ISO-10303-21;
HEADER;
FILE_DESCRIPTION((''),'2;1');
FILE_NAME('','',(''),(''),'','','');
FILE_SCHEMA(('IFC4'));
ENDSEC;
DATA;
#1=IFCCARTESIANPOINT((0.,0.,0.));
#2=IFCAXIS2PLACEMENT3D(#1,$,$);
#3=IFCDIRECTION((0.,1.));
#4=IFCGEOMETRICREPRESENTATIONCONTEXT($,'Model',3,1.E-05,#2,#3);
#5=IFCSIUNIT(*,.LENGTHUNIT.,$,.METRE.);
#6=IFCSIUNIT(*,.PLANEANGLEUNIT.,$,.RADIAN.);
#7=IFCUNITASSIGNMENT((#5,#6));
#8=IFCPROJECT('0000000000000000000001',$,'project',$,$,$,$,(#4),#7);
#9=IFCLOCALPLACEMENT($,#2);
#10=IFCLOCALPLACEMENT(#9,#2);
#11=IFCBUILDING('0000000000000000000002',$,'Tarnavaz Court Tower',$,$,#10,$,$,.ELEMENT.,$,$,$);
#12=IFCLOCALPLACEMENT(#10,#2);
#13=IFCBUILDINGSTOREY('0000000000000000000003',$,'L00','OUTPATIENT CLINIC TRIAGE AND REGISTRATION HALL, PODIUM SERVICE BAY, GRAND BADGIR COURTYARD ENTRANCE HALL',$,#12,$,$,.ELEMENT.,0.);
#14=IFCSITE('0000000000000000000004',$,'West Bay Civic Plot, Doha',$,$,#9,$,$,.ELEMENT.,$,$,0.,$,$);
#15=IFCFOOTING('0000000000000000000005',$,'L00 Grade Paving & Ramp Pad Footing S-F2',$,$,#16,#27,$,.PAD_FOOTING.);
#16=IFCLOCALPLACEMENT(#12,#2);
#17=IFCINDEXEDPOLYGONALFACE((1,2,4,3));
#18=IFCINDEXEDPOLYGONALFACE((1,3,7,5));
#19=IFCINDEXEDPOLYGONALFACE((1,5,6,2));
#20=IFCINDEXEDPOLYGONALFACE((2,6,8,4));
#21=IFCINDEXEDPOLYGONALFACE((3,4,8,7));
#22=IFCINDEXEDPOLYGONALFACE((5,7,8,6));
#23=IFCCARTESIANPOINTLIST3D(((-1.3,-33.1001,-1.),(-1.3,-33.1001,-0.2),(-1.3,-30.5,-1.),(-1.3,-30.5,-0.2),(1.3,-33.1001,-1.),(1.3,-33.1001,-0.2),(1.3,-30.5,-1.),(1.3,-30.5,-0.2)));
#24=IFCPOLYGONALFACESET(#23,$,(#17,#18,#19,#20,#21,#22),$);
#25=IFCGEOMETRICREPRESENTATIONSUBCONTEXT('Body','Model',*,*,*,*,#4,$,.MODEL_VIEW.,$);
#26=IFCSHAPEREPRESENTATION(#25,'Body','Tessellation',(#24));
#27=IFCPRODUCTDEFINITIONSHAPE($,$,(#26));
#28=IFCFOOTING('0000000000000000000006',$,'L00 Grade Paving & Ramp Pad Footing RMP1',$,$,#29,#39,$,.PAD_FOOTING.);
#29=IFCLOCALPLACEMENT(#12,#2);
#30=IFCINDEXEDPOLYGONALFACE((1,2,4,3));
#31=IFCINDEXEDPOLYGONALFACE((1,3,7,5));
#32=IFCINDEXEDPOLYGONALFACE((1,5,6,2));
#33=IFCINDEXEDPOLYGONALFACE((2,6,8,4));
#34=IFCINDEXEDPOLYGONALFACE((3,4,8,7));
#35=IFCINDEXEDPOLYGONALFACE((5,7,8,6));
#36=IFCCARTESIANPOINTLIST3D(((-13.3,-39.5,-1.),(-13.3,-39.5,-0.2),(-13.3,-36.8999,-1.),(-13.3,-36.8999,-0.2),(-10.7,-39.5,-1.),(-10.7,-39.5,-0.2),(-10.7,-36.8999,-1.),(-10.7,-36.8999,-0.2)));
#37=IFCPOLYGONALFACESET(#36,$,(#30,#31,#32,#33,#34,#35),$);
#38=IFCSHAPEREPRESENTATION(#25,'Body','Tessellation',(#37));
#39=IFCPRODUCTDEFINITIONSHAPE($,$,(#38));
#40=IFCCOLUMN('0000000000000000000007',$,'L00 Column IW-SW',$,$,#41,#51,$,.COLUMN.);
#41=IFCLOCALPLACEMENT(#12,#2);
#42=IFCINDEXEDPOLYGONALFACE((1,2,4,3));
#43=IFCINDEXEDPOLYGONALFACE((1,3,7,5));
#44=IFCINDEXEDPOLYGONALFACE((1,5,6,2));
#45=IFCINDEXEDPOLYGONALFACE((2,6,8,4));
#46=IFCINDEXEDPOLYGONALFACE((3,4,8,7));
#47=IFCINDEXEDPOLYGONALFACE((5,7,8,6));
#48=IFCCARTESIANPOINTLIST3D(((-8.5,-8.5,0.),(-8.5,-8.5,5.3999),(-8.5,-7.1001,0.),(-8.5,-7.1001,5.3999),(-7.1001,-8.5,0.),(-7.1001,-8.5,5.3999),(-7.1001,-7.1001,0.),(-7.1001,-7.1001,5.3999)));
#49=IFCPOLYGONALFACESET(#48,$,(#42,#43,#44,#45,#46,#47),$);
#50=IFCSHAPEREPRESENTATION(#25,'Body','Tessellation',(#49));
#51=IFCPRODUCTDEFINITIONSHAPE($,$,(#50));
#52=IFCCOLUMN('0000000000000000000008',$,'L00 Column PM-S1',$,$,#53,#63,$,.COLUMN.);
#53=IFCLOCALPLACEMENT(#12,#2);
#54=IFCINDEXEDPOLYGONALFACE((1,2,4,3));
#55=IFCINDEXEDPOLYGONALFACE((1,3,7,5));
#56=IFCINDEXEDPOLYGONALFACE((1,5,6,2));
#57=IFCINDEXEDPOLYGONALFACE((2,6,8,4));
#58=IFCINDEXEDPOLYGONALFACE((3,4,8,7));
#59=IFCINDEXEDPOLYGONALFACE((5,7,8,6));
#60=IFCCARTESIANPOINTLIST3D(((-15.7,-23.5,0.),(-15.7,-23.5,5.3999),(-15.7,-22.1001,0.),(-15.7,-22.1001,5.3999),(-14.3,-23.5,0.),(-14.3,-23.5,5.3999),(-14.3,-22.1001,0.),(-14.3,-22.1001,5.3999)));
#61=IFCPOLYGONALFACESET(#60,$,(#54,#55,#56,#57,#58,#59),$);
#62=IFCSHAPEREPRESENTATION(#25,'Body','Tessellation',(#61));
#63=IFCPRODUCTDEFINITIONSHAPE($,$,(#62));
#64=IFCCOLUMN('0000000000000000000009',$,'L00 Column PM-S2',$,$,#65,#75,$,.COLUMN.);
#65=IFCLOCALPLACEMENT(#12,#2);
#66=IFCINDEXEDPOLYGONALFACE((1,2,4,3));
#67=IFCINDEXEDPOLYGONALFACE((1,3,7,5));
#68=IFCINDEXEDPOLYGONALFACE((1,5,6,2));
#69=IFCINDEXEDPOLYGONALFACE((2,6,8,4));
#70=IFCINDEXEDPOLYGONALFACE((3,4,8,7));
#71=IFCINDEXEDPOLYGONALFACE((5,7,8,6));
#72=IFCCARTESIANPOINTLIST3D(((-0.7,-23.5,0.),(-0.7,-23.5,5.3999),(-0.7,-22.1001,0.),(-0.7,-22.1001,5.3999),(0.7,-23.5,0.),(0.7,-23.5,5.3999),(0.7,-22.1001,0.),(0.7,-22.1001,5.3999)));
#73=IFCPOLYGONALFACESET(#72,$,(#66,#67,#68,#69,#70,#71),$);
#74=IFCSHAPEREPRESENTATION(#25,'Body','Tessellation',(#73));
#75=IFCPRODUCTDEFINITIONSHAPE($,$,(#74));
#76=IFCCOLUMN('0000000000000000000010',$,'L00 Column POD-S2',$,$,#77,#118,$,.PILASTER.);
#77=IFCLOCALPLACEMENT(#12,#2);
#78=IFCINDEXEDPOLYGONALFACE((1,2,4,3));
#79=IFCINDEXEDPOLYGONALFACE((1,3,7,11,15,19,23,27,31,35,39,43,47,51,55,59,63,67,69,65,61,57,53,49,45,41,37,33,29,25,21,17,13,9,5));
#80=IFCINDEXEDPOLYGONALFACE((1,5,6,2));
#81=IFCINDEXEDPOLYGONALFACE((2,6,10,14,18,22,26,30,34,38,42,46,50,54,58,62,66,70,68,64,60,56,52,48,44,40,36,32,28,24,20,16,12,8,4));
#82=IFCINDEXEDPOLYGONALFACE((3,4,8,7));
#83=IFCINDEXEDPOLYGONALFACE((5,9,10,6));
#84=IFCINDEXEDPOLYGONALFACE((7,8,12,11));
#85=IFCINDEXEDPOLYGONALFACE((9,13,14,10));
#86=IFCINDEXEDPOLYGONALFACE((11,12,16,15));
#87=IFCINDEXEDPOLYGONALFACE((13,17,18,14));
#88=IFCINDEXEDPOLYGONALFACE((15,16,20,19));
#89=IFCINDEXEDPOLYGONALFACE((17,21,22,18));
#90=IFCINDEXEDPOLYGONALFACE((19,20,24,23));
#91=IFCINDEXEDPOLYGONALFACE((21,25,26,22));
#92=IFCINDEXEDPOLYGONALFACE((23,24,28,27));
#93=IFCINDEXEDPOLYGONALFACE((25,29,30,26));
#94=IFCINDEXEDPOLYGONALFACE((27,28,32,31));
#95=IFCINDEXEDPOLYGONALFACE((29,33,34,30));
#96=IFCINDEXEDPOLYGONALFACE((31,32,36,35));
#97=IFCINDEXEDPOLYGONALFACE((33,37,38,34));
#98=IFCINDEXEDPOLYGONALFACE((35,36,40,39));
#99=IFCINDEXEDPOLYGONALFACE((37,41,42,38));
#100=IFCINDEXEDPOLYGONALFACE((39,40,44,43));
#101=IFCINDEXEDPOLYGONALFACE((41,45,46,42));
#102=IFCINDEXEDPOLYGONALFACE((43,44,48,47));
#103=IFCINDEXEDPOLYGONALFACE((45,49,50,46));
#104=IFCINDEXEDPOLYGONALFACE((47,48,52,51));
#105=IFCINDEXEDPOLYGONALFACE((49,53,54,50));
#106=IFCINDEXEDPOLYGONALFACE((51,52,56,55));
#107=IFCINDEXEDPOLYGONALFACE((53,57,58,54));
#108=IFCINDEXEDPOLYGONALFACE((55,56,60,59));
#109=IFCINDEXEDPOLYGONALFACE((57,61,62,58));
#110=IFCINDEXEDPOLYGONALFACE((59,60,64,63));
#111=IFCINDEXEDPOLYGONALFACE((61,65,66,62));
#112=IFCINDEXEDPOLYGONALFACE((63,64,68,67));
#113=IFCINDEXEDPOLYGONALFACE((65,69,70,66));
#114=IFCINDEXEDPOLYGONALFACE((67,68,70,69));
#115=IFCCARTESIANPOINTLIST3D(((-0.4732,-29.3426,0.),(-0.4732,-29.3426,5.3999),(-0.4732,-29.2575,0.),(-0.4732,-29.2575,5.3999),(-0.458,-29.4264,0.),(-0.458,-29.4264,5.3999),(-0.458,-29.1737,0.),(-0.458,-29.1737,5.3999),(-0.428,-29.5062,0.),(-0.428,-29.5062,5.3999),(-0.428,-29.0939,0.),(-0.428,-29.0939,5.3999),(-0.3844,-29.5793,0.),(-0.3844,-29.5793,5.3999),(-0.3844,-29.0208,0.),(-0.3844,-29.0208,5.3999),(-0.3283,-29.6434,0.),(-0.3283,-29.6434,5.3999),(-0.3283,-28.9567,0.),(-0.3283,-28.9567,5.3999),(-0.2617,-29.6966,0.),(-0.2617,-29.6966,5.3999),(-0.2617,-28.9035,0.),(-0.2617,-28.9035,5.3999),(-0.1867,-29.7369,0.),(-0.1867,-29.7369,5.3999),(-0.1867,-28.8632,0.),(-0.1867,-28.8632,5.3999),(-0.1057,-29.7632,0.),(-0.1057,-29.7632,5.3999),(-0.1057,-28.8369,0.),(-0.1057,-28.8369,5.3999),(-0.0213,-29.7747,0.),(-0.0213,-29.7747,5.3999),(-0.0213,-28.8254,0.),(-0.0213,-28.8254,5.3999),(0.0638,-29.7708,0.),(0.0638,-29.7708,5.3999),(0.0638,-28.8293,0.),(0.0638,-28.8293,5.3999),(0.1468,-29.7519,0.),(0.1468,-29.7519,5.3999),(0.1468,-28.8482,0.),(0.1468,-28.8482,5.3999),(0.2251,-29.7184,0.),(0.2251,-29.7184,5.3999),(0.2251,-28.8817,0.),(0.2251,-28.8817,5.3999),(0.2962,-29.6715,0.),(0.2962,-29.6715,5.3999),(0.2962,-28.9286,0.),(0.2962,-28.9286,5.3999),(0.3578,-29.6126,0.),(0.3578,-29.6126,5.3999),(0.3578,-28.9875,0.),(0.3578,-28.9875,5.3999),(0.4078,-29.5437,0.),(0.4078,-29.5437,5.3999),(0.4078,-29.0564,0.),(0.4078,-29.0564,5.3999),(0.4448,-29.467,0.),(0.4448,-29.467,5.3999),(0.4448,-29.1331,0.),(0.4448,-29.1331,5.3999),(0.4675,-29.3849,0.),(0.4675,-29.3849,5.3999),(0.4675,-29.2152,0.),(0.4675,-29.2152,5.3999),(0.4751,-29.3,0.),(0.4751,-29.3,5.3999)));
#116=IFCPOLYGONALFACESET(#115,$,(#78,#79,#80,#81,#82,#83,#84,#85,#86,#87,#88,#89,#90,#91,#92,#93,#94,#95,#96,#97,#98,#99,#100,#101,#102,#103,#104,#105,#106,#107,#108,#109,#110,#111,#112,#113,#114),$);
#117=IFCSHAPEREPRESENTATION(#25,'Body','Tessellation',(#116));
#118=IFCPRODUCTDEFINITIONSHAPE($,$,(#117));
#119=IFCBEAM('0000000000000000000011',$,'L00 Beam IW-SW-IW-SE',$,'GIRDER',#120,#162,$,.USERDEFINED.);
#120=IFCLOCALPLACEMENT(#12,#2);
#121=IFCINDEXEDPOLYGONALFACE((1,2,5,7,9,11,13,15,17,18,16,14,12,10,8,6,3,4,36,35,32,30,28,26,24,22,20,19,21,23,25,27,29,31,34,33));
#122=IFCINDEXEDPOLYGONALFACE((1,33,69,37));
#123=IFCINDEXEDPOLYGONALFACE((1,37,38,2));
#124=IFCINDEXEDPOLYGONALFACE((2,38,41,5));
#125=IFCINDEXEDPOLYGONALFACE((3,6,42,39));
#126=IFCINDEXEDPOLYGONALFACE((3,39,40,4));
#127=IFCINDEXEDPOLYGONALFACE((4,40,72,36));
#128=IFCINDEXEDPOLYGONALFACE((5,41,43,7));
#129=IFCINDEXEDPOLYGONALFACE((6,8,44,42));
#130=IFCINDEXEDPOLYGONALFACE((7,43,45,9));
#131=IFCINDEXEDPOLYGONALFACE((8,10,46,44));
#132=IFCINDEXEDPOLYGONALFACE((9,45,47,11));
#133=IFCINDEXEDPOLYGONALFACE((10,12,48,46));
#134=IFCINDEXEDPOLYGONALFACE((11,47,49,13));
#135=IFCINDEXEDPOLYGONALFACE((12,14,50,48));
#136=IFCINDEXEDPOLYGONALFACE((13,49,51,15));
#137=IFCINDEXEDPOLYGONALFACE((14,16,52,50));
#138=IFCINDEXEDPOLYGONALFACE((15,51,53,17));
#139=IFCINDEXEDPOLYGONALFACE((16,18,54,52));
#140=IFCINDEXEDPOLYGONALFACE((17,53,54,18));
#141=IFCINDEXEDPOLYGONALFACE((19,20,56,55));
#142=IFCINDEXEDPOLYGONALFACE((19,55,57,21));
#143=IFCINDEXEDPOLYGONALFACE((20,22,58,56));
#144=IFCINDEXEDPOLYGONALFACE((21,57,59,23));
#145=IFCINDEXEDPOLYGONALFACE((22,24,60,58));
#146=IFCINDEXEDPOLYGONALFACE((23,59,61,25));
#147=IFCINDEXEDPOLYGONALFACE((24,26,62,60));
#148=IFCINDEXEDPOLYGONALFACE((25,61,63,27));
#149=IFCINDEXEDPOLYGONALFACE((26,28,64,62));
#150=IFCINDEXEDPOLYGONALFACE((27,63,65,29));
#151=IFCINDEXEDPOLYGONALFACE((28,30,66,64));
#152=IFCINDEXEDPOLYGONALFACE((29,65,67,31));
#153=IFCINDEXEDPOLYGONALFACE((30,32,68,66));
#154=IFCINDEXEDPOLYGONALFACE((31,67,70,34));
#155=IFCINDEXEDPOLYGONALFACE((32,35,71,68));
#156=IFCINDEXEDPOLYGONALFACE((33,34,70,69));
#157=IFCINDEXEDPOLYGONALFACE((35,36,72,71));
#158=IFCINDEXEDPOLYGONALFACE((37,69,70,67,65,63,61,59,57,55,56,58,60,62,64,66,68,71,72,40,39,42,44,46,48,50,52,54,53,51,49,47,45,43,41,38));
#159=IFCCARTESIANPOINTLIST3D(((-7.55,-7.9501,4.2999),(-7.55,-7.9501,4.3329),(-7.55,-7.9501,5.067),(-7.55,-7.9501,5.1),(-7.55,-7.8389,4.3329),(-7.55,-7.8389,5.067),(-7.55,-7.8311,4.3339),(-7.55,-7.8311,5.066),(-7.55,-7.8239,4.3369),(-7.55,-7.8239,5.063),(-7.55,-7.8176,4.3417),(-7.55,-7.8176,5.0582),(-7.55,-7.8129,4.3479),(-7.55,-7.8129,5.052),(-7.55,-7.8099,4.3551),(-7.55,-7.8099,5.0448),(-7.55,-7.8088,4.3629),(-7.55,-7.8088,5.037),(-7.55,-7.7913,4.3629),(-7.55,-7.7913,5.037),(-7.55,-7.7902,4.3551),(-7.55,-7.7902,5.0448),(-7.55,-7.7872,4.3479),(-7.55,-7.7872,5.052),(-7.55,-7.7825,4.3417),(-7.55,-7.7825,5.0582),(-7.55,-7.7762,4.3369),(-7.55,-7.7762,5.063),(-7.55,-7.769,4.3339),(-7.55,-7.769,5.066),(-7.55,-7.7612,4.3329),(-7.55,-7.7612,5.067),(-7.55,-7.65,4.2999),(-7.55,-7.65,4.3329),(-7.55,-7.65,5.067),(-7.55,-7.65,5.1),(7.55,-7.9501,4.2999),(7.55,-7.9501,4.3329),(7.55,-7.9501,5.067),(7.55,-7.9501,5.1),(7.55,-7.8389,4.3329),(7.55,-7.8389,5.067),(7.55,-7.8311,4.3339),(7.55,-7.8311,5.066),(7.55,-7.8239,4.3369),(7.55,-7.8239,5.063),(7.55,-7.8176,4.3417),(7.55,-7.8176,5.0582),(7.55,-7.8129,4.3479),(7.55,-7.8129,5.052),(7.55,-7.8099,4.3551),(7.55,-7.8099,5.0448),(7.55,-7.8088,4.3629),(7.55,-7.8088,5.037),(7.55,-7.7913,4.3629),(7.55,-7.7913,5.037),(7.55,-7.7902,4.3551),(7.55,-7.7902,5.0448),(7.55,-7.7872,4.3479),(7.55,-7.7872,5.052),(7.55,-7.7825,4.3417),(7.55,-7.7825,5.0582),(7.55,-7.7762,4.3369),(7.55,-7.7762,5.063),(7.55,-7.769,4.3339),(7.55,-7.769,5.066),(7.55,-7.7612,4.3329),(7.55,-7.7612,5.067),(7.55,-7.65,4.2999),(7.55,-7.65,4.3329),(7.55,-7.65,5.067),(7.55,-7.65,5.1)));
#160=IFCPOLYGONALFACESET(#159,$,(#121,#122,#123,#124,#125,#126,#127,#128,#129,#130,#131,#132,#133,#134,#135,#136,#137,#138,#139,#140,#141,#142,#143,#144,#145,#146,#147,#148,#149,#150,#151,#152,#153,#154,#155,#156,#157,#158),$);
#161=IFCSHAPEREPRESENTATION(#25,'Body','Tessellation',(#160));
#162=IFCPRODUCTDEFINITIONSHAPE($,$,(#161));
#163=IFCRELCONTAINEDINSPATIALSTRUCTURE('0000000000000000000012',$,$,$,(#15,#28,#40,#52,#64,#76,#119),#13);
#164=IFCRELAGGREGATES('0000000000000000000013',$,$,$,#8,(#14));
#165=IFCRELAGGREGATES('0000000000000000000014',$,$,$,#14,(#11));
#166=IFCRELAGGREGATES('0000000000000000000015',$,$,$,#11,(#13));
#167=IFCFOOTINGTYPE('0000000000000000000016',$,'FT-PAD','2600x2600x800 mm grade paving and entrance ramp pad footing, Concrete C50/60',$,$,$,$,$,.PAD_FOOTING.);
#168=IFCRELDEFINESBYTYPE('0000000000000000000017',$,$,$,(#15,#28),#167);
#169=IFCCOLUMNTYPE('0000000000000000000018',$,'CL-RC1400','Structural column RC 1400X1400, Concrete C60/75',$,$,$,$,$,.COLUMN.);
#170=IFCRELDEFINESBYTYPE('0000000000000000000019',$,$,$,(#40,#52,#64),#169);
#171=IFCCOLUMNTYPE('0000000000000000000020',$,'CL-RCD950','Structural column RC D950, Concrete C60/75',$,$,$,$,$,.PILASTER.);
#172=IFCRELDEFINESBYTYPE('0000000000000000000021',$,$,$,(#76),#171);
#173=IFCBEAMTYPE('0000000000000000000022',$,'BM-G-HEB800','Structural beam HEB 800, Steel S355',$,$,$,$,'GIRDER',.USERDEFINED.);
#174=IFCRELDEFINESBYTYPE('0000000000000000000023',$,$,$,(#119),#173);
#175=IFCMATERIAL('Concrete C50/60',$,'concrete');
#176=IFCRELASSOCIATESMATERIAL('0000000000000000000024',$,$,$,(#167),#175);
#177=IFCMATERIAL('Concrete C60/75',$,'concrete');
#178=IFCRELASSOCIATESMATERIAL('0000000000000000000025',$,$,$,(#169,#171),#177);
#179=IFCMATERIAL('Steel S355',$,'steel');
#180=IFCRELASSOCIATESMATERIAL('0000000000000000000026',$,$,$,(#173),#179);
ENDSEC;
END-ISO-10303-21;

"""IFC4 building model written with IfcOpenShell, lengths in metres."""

from ifc_helpers import new_model, si_unit, direction, frame, origin, origin_2d, place, context, subcontext, project, spatial, rectangle, circle, i_section, extrude, material, material_profile, profile_set, type_object, element, save


model = new_model("IFC4")

# Units and contexts
model_context = context("Model", 3, precision=1e-05, world=origin(), true_north=direction((0.0, 1.0)))
body_context = subcontext(model_context, "Body", "Model", "MODEL_VIEW")
ifc_project = project(units=[si_unit("LENGTHUNIT", "METRE"), si_unit("PLANEANGLEUNIT", "RADIAN")], contexts=[model_context])

# Site, building, storey
site_placement = place(None, origin())
site = spatial("IfcSite", under=ifc_project, at=site_placement, Name="West Bay Civic Plot, Doha", CompositionType="ELEMENT", RefElevation=0.0)
building_placement = place(site_placement, origin())
building = spatial("IfcBuilding", under=site, at=building_placement, Name="Tarnavaz Court Tower", CompositionType="ELEMENT")
storey_placement = place(building_placement, origin())
storey = spatial("IfcBuildingStorey", under=building, at=storey_placement, Name="L00", Description="OUTPATIENT CLINIC TRIAGE AND REGISTRATION HALL, PODIUM SERVICE BAY, GRAND BADGIR COURTYARD ENTRANCE HALL", CompositionType="ELEMENT", Elevation=0.0)

# Footings
ifc_material_1 = material(Name="Concrete C50/60", Category="concrete")
footing_type = type_object("IfcFootingType", Name="FT-PAD", Description="2600x2600x800 mm grade paving and entrance ramp pad footing, Concrete C50/60", PredefinedType="PAD_FOOTING", material=ifc_material_1)
for number, where, z_axis, x_axis, name in (
    (1, (0.0, -31.8, -1.0), (0.0, 0.0, 1.0), (1.0, 0.0, 0.0), "L00 Grade Paving & Ramp Pad Footing S-F2"),
    (2, (-12.0, -38.2, -1.0), (0.0, 0.0, 1.0), (1.0, 0.0, 0.0), "L00 Grade Paving & Ramp Pad Footing RMP1"),
):
    element("IfcFooting", number, at=place(storey_placement, frame(where, z_axis=z_axis, x_axis=x_axis)), inside=storey, type_object=footing_type, Name=name, PredefinedType="PAD_FOOTING", context=body_context, shape_type="SweptSolid", body=[
        extrude(rectangle(XDim=2.6001, YDim=2.6001, at=origin_2d()), origin(), (0.0, 0.0, 1.0), 0.8),
    ])

# Columns
ifc_material_2 = material(Name="Concrete C60/75", Category="concrete")
ifc_material_profile_1 = material_profile(ifc_material_2, rectangle(XDim=1.3999, YDim=1.3999, at=origin_2d()), Name="RC 1400X1400")
ifc_profile_set_1 = profile_set([ifc_material_profile_1], Name="Concrete C60/75")
column_type_1 = type_object("IfcColumnType", Name="CL-RC1400", Description="Structural column RC 1400X1400, Concrete C60/75", PredefinedType="COLUMN", material=ifc_profile_set_1)
for number, where, z_axis, x_axis, name in (
    (3, (-7.8, -7.8, 0.0), (0.0, 0.0, 1.0), (1.0, 0.0, 0.0), "L00 Column IW-SW"),
    (4, (-15.0, -22.8, 0.0), (0.0, 0.0, 1.0), (1.0, 0.0, 0.0), "L00 Column PM-S1"),
    (5, (0.0, -22.8, 0.0), (0.0, 0.0, 1.0), (1.0, 0.0, 0.0), "L00 Column PM-S2"),
):
    element("IfcColumn", number, at=place(storey_placement, frame(where, z_axis=z_axis, x_axis=x_axis)), inside=storey, type_object=column_type_1, Name=name, PredefinedType="COLUMN", context=body_context, shape_type="SweptSolid", body=[
        extrude(rectangle(XDim=1.3999, YDim=1.3999, at=origin_2d()), origin(), (0.0, 0.0, 1.0), 5.3999),
    ])
ifc_material_profile_2 = material_profile(ifc_material_2, circle(Radius=0.4751, at=origin_2d()), Name="RC D950")
ifc_profile_set_2 = profile_set([ifc_material_profile_2], Name="Concrete C60/75")
column_type_2 = type_object("IfcColumnType", Name="CL-RCD950", Description="Structural column RC D950, Concrete C60/75", PredefinedType="PILASTER", material=ifc_profile_set_2)
column_placement = place(storey_placement, frame((0.0, -29.3, 0.0), z_axis=(0.0, 0.0, 1.0), x_axis=(1.0, 0.0, 0.0)))
element("IfcColumn", 6, at=column_placement, inside=storey, type_object=column_type_2, Name="L00 Column POD-S2", PredefinedType="PILASTER", context=body_context, shape_type="SweptSolid", body=[
    extrude(circle(Radius=0.4751, at=origin_2d()), origin(), (0.0, 0.0, 1.0), 5.3999),
])

# Beam
ifc_material_3 = material(Name="Steel S355", Category="steel")
ifc_material_profile_3 = material_profile(ifc_material_3, i_section(OverallWidth=0.3, OverallDepth=0.8, WebThickness=0.0176, FlangeThickness=0.033, FilletRadius=0.03, at=origin_2d()), Name="HEB 800")
ifc_profile_set_3 = profile_set([ifc_material_profile_3], Name="Steel S355")
beam_type_1 = type_object("IfcBeamType", Name="BM-G-HEB800", Description="Structural beam HEB 800, Steel S355", ElementType="GIRDER", PredefinedType="USERDEFINED", material=ifc_profile_set_3)
for number, where, z_axis, x_axis, name in (
    (7, (-7.55, -7.8, 4.7), (1.0, 0.0, 0.0), (0.0, 1.0, 0.0), "L00 Beam IW-SW-IW-SE"),
):
    element("IfcBeam", number, at=place(storey_placement, frame(where, z_axis=z_axis, x_axis=x_axis)), inside=storey, type_object=beam_type_1, Name=name, ObjectType="GIRDER", PredefinedType="USERDEFINED", context=body_context, shape_type="SweptSolid", body=[
        extrude(i_section(OverallWidth=0.3, OverallDepth=0.8, WebThickness=0.0176, FlangeThickness=0.033, FilletRadius=0.03, at=origin_2d()), origin(), (0.0, 0.0, 1.0), 15.1001),
    ])

save(model, "model.ifc")
